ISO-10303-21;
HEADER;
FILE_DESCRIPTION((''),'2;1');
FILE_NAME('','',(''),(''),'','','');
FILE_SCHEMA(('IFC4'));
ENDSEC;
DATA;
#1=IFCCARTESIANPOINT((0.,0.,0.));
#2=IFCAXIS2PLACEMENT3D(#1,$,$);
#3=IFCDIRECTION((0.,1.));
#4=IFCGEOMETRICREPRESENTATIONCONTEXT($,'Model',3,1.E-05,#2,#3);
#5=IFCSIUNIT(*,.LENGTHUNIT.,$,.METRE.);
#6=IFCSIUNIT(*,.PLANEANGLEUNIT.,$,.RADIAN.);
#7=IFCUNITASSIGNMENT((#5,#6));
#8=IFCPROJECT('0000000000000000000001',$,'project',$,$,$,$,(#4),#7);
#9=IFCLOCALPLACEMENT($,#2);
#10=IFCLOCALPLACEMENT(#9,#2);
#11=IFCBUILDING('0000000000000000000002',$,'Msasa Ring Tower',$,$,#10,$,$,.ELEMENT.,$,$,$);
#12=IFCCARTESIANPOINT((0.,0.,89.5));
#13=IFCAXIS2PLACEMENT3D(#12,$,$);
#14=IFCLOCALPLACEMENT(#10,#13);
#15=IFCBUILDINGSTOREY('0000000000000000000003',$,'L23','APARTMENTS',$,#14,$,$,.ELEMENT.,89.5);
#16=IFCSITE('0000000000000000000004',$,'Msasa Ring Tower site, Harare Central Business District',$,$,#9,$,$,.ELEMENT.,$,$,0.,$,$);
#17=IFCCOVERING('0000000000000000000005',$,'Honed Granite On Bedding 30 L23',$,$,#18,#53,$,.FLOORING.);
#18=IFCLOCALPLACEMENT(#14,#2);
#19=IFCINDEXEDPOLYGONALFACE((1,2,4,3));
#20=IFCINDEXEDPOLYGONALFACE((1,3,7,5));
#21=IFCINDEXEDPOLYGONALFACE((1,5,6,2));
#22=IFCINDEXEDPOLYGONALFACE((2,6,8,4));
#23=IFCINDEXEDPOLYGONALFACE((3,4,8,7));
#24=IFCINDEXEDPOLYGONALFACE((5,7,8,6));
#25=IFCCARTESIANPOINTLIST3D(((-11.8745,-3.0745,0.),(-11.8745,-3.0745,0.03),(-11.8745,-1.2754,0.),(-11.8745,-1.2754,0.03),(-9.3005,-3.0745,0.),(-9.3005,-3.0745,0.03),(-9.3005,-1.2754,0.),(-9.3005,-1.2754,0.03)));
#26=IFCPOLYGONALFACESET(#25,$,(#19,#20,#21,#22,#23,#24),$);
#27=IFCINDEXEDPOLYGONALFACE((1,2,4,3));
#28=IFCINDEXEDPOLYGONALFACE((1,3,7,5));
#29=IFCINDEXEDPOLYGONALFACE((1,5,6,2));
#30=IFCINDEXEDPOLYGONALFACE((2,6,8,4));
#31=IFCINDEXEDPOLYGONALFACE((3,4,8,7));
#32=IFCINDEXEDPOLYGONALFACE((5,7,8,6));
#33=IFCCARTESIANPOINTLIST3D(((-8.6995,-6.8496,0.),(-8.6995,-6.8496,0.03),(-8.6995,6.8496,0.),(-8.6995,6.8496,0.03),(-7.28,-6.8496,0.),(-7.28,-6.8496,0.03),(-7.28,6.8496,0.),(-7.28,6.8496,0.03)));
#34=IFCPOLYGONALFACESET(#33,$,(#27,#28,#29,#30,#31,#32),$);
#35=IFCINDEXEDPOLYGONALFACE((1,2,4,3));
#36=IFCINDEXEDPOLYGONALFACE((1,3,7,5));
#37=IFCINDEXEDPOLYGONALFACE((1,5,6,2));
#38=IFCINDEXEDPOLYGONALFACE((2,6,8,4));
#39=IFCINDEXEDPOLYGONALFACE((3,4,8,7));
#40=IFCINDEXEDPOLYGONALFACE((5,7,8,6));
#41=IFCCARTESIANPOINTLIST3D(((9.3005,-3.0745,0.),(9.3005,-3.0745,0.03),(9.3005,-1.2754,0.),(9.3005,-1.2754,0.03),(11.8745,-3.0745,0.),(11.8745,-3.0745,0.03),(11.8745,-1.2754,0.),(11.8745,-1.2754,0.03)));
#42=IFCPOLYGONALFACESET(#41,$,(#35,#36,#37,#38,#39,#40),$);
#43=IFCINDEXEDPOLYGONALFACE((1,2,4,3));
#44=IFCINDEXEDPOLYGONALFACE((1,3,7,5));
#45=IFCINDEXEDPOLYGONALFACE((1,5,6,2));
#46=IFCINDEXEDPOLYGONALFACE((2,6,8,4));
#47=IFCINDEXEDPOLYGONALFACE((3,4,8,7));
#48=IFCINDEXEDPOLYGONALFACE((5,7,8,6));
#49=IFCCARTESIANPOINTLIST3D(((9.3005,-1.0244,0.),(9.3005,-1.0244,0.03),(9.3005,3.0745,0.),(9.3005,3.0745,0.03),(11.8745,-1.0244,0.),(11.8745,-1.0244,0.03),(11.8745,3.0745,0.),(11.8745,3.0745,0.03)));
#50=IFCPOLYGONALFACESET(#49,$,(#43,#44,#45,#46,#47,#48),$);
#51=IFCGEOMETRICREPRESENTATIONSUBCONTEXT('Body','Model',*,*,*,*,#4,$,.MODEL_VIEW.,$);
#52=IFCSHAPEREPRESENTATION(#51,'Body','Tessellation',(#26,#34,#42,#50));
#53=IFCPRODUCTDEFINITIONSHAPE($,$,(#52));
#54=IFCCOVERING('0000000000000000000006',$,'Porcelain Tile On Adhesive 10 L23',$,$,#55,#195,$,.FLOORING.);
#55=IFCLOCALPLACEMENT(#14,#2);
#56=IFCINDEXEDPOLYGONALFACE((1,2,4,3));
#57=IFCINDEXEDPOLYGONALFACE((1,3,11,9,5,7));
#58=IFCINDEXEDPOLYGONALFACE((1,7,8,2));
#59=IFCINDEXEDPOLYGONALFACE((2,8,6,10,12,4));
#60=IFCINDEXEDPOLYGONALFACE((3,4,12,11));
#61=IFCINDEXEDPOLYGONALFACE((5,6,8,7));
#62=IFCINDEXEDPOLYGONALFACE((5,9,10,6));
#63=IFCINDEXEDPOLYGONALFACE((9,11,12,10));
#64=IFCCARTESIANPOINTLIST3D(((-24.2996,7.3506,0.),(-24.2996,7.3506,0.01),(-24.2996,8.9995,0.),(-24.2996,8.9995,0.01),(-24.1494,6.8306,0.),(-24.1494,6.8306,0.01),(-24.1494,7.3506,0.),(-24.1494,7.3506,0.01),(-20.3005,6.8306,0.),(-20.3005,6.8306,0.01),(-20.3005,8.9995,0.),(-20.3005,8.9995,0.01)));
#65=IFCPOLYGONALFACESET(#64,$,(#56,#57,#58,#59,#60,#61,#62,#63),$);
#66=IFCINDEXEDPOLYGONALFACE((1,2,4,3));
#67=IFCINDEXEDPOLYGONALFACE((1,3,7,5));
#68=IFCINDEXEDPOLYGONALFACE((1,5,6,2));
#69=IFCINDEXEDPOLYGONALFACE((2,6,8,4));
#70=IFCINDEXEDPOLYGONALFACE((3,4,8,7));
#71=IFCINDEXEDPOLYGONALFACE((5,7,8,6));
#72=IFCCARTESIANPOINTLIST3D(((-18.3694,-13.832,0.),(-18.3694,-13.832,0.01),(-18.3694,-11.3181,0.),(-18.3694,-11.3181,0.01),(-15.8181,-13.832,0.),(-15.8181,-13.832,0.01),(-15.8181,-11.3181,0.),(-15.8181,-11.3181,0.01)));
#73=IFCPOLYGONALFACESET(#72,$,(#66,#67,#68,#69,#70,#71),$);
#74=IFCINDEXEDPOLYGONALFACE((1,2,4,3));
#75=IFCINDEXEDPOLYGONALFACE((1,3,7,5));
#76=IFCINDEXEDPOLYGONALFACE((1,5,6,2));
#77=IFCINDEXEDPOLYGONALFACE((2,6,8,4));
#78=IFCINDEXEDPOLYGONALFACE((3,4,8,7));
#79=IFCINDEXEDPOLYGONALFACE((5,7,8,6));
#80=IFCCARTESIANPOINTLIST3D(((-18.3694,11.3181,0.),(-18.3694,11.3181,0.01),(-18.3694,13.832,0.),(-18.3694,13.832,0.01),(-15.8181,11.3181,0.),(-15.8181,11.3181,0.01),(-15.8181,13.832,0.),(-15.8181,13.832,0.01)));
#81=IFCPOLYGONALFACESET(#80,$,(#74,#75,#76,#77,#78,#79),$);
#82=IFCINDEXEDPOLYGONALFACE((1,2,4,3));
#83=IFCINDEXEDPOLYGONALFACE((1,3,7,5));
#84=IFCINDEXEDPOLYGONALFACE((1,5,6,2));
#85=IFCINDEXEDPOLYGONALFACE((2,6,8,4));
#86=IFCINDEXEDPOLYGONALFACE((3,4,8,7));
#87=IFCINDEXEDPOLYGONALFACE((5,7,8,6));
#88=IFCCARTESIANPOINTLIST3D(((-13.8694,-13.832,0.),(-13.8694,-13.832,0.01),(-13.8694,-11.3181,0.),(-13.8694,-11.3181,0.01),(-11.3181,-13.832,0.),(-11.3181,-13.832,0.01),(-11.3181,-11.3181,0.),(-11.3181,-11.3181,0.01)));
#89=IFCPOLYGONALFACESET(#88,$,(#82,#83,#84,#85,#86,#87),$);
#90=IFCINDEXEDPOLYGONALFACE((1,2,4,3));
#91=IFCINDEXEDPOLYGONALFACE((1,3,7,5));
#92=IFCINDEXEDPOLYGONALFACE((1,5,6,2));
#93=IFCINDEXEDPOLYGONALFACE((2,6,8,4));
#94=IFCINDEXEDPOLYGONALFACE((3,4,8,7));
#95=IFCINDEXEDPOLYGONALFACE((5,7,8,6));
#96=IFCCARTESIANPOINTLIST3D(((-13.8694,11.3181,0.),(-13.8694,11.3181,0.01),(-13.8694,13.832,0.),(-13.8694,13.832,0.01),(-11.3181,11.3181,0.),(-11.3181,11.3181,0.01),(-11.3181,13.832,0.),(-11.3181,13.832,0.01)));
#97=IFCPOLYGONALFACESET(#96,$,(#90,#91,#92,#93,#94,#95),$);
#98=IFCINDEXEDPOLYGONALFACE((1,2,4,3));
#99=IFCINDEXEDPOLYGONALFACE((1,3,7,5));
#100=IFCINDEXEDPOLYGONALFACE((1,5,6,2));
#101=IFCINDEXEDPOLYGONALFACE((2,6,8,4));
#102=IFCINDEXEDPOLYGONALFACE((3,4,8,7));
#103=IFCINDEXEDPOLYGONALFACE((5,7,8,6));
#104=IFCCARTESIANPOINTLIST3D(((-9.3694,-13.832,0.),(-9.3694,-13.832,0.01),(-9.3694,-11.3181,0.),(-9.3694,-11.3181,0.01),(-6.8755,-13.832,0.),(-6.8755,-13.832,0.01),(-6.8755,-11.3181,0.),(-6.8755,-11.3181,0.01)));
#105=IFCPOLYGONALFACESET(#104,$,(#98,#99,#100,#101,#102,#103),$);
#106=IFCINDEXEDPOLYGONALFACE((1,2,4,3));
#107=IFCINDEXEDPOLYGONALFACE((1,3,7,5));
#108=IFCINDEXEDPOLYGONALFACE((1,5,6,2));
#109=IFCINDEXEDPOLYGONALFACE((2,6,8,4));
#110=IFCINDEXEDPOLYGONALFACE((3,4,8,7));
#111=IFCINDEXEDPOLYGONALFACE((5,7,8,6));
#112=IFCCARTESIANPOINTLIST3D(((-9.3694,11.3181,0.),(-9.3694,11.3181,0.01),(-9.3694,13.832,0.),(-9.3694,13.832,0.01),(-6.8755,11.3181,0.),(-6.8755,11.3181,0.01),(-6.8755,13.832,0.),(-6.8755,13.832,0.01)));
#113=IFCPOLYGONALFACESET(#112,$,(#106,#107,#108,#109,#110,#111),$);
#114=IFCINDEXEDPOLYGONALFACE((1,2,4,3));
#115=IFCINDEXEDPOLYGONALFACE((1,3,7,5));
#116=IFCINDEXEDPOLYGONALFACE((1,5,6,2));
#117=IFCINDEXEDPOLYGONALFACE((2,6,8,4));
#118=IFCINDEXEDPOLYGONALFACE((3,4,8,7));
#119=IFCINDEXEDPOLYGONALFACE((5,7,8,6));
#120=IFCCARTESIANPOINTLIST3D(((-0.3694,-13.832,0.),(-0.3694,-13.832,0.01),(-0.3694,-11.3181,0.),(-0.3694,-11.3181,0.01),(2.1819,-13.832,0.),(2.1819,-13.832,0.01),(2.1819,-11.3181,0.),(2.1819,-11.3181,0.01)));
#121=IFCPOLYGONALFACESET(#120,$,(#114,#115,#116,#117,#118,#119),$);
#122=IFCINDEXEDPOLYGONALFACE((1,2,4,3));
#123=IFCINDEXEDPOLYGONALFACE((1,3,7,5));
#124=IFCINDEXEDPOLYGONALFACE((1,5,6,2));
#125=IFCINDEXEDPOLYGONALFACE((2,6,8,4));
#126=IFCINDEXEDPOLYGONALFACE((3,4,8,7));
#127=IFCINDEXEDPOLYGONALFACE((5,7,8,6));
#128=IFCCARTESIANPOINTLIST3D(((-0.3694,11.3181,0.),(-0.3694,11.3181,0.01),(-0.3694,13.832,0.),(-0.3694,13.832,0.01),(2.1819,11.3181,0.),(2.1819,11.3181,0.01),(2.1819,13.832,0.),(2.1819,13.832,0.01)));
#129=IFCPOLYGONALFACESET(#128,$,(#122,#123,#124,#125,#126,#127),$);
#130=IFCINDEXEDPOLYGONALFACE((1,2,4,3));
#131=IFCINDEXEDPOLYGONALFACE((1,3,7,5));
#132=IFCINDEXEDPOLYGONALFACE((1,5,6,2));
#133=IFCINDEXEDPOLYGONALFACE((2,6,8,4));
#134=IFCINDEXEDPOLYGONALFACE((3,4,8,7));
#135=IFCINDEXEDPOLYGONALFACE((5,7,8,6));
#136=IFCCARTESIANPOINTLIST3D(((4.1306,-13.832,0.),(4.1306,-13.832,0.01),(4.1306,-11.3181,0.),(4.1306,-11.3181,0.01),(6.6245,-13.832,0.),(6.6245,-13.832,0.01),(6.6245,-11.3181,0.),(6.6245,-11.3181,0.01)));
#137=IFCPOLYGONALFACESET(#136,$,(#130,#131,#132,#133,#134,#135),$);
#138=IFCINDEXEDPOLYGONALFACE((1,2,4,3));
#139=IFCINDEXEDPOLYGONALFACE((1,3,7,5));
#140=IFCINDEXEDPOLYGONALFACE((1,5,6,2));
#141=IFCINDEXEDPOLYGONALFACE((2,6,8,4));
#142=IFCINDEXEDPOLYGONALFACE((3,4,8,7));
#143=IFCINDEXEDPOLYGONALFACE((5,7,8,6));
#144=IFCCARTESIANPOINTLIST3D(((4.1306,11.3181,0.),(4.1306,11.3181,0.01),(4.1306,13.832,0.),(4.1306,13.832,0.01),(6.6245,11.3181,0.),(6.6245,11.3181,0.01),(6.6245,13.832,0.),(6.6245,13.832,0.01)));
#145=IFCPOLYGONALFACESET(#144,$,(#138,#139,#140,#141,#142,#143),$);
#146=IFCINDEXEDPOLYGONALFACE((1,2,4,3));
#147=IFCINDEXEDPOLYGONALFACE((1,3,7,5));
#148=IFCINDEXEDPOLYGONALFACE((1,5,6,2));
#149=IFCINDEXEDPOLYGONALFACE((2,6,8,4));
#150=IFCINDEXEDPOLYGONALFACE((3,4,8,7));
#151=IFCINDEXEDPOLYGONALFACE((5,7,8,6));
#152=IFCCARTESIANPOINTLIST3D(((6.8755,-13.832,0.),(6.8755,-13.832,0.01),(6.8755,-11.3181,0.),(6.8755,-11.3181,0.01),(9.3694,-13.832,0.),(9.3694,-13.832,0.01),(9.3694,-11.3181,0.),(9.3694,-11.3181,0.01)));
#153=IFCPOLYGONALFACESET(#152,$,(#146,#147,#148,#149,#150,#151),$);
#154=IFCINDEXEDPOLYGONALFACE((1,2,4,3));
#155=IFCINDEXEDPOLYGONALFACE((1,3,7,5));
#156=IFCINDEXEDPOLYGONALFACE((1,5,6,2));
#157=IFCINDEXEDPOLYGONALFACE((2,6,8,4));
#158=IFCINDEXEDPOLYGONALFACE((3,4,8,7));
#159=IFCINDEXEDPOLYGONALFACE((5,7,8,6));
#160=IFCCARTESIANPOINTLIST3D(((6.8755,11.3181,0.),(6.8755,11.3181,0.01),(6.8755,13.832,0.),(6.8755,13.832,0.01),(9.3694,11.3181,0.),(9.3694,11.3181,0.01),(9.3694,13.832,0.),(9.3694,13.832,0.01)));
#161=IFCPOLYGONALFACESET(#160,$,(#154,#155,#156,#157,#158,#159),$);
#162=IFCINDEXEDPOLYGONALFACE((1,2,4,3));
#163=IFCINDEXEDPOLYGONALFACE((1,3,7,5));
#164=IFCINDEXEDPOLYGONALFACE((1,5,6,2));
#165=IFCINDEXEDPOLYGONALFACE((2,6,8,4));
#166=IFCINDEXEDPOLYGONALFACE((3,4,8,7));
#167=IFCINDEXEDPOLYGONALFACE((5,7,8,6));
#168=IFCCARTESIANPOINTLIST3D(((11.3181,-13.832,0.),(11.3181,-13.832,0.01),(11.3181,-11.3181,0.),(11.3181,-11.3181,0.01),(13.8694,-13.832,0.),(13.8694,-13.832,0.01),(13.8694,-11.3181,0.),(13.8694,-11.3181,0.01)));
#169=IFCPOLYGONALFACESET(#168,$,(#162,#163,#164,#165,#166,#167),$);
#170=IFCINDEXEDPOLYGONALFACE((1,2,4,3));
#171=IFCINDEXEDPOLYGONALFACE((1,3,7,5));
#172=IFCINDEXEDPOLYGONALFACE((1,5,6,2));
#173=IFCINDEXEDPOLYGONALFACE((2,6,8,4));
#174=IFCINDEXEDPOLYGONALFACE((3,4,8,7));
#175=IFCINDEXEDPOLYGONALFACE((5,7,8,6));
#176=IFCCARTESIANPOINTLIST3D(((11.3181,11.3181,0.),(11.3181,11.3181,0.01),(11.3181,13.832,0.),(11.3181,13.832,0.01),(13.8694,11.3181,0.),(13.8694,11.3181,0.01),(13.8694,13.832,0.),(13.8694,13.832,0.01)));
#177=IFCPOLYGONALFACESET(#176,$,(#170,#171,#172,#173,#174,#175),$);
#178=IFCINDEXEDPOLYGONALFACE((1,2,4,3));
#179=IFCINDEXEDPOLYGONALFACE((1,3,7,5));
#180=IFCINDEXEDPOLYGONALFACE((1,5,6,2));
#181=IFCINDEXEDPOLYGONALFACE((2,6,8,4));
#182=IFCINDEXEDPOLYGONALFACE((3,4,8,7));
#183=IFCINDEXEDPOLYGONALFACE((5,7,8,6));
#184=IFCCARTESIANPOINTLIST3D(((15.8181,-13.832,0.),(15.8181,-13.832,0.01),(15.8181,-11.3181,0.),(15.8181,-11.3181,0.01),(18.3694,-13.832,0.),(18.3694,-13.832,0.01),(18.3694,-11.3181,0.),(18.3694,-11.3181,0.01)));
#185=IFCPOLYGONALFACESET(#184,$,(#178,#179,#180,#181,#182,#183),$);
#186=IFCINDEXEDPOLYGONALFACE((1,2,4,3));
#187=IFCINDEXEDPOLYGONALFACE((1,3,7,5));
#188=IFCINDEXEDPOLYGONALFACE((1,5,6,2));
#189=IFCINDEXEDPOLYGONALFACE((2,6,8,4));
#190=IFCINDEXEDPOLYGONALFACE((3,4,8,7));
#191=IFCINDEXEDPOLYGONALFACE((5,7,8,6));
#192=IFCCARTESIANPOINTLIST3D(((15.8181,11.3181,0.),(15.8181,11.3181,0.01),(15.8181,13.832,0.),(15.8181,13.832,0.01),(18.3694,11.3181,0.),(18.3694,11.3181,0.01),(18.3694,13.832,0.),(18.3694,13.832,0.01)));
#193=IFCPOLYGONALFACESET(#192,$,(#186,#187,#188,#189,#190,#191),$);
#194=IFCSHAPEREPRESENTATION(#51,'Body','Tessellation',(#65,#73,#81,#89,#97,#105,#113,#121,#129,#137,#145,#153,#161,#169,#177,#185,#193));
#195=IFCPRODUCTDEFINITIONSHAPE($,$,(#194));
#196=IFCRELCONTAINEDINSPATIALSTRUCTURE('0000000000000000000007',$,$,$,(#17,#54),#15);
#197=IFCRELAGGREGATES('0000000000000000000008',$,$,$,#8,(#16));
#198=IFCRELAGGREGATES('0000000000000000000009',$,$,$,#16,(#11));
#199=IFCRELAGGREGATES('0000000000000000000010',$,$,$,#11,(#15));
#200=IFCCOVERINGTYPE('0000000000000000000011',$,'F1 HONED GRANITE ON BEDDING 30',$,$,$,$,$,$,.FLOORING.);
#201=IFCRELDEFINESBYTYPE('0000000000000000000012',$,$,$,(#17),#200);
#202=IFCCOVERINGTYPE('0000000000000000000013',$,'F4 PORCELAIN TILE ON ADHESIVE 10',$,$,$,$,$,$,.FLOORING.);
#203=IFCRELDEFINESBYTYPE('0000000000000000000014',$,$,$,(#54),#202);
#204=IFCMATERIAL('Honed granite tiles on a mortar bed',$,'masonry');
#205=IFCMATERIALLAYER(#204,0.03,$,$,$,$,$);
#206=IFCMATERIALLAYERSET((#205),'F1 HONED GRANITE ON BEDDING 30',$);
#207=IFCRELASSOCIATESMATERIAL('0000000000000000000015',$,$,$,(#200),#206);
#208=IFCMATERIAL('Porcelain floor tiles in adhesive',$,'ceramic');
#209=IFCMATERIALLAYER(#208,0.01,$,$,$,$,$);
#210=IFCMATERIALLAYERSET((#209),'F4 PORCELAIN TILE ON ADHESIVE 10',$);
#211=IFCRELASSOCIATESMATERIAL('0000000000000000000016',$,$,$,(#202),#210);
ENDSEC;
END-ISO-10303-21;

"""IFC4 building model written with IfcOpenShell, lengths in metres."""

from ifc_helpers import new_model, si_unit, direction, frame, origin, place, context, subcontext, project, spatial, line, indexed_curve, outline, extrude, material, layer, layer_set, type_object, element, save


model = new_model("IFC4")

# Units and contexts
model_context = context("Model", 3, precision=1e-05, world=origin(), true_north=direction((0.0, 1.0)))
body_context = subcontext(model_context, "Body", "Model", "MODEL_VIEW")
ifc_project = project(units=[si_unit("LENGTHUNIT", "METRE"), si_unit("PLANEANGLEUNIT", "RADIAN")], contexts=[model_context])

# Site, building, storey
site_placement = place(None, origin())
site = spatial("IfcSite", under=ifc_project, at=site_placement, Name="Msasa Ring Tower site, Harare Central Business District", CompositionType="ELEMENT", RefElevation=0.0)
building_placement = place(site_placement, origin())
building = spatial("IfcBuilding", under=site, at=building_placement, Name="Msasa Ring Tower", CompositionType="ELEMENT")
storey_placement = place(building_placement, frame((0.0, 0.0, 89.5)))
storey = spatial("IfcBuildingStorey", under=building, at=storey_placement, Name="L23", Description="APARTMENTS", CompositionType="ELEMENT", Elevation=89.5)

# Coverings
ifc_material_1 = material(Name="Honed granite tiles on a mortar bed", Category="masonry")
ifc_layer_1 = layer(ifc_material_1, 0.03)
ifc_layer_set_1 = layer_set([ifc_layer_1], Name="F1 HONED GRANITE ON BEDDING 30")
covering_type_1 = type_object("IfcCoveringType", Name="F1 HONED GRANITE ON BEDDING 30", PredefinedType="FLOORING", material=ifc_layer_set_1)
covering_1_placement = place(storey_placement, origin())
element("IfcCovering", 1, at=covering_1_placement, inside=storey, type_object=covering_type_1, Name="Honed Granite On Bedding 30 L23", PredefinedType="FLOORING", context=body_context, shape_type="SweptSolid", body=[
    extrude(outline(indexed_curve([(-11.8745, -3.0745), (-11.8745, -1.2754), (-9.3005, -1.2754), (-9.3005, -3.0745)], segments=[line(1, 2, 3, 4, 1)], self_intersect=False)), origin(), (0.0, 0.0, 1.0), 0.03),
    extrude(outline(indexed_curve([(-8.6995, -6.8496), (-8.6995, 6.8496), (-7.28, 6.8496), (-7.28, -6.8496)], segments=[line(1, 2, 3, 4, 1)], self_intersect=False)), origin(), (0.0, 0.0, 1.0), 0.03),
    extrude(outline(indexed_curve([(9.3005, -3.0745), (9.3005, -1.2754), (11.8745, -1.2754), (11.8745, -3.0745)], segments=[line(1, 2, 3, 4, 1)], self_intersect=False)), origin(), (0.0, 0.0, 1.0), 0.03),
    extrude(outline(indexed_curve([(9.3005, -1.0244), (9.3005, 3.0745), (11.8745, 3.0745), (11.8745, -1.0244)], segments=[line(1, 2, 3, 4, 1)], self_intersect=False)), origin(), (0.0, 0.0, 1.0), 0.03),
])
ifc_material_2 = material(Name="Porcelain floor tiles in adhesive", Category="ceramic")
ifc_layer_2 = layer(ifc_material_2, 0.01)
ifc_layer_set_2 = layer_set([ifc_layer_2], Name="F4 PORCELAIN TILE ON ADHESIVE 10")
covering_type_2 = type_object("IfcCoveringType", Name="F4 PORCELAIN TILE ON ADHESIVE 10", PredefinedType="FLOORING", material=ifc_layer_set_2)
covering_2_placement = place(storey_placement, origin())
element("IfcCovering", 2, at=covering_2_placement, inside=storey, type_object=covering_type_2, Name="Porcelain Tile On Adhesive 10 L23", PredefinedType="FLOORING", context=body_context, shape_type="SweptSolid", body=[
    extrude(outline(indexed_curve([(-24.1494, 6.8306), (-24.1494, 7.3506), (-24.2996, 7.3506), (-24.2996, 8.9995), (-20.3005, 8.9995), (-20.3005, 6.8306)], segments=[line(1, 2, 3, 4, 5, 6, 1)], self_intersect=False)), origin(), (0.0, 0.0, 1.0), 0.01),
    extrude(outline(indexed_curve([(-15.8181, -11.3181), (-15.8181, -13.832), (-18.3694, -13.832), (-18.3694, -11.3181)], segments=[line(1, 2, 3, 4, 1)], self_intersect=False)), origin(), (0.0, 0.0, 1.0), 0.01),
    extrude(outline(indexed_curve([(-15.8181, 13.832), (-15.8181, 11.3181), (-18.3694, 11.3181), (-18.3694, 13.832)], segments=[line(1, 2, 3, 4, 1)], self_intersect=False)), origin(), (0.0, 0.0, 1.0), 0.01),
    extrude(outline(indexed_curve([(-11.3181, -11.3181), (-11.3181, -13.832), (-13.8694, -13.832), (-13.8694, -11.3181)], segments=[line(1, 2, 3, 4, 1)], self_intersect=False)), origin(), (0.0, 0.0, 1.0), 0.01),
    extrude(outline(indexed_curve([(-11.3181, 13.832), (-11.3181, 11.3181), (-13.8694, 11.3181), (-13.8694, 13.832)], segments=[line(1, 2, 3, 4, 1)], self_intersect=False)), origin(), (0.0, 0.0, 1.0), 0.01),
    extrude(outline(indexed_curve([(-6.8755, -11.3181), (-6.8755, -13.832), (-9.3694, -13.832), (-9.3694, -11.3181)], segments=[line(1, 2, 3, 4, 1)], self_intersect=False)), origin(), (0.0, 0.0, 1.0), 0.01),
    extrude(outline(indexed_curve([(-6.8755, 13.832), (-6.8755, 11.3181), (-9.3694, 11.3181), (-9.3694, 13.832)], segments=[line(1, 2, 3, 4, 1)], self_intersect=False)), origin(), (0.0, 0.0, 1.0), 0.01),
    extrude(outline(indexed_curve([(2.1819, -11.3181), (2.1819, -13.832), (-0.3694, -13.832), (-0.3694, -11.3181)], segments=[line(1, 2, 3, 4, 1)], self_intersect=False)), origin(), (0.0, 0.0, 1.0), 0.01),
    extrude(outline(indexed_curve([(2.1819, 13.832), (2.1819, 11.3181), (-0.3694, 11.3181), (-0.3694, 13.832)], segments=[line(1, 2, 3, 4, 1)], self_intersect=False)), origin(), (0.0, 0.0, 1.0), 0.01),
    extrude(outline(indexed_curve([(6.6245, -11.3181), (6.6245, -13.832), (4.1306, -13.832), (4.1306, -11.3181)], segments=[line(1, 2, 3, 4, 1)], self_intersect=False)), origin(), (0.0, 0.0, 1.0), 0.01),
    extrude(outline(indexed_curve([(6.6245, 13.832), (6.6245, 11.3181), (4.1306, 11.3181), (4.1306, 13.832)], segments=[line(1, 2, 3, 4, 1)], self_intersect=False)), origin(), (0.0, 0.0, 1.0), 0.01),
    extrude(outline(indexed_curve([(9.3694, -11.3181), (9.3694, -13.832), (6.8755, -13.832), (6.8755, -11.3181)], segments=[line(1, 2, 3, 4, 1)], self_intersect=False)), origin(), (0.0, 0.0, 1.0), 0.01),
    extrude(outline(indexed_curve([(9.3694, 13.832), (9.3694, 11.3181), (6.8755, 11.3181), (6.8755, 13.832)], segments=[line(1, 2, 3, 4, 1)], self_intersect=False)), origin(), (0.0, 0.0, 1.0), 0.01),
    extrude(outline(indexed_curve([(13.8694, -11.3181), (13.8694, -13.832), (11.3181, -13.832), (11.3181, -11.3181)], segments=[line(1, 2, 3, 4, 1)], self_intersect=False)), origin(), (0.0, 0.0, 1.0), 0.01),
    extrude(outline(indexed_curve([(13.8694, 11.3181), (11.3181, 11.3181), (11.3181, 13.832), (13.8694, 13.832)], segments=[line(1, 2, 3, 4, 1)], self_intersect=False)), origin(), (0.0, 0.0, 1.0), 0.01),
    extrude(outline(indexed_curve([(18.3694, -11.3181), (18.3694, -13.832), (15.8181, -13.832), (15.8181, -11.3181)], segments=[line(1, 2, 3, 4, 1)], self_intersect=False)), origin(), (0.0, 0.0, 1.0), 0.01),
    extrude(outline(indexed_curve([(18.3694, 11.3181), (15.8181, 11.3181), (15.8181, 13.832), (18.3694, 13.832)], segments=[line(1, 2, 3, 4, 1)], self_intersect=False)), origin(), (0.0, 0.0, 1.0), 0.01),
])

save(model, "model.ifc")
